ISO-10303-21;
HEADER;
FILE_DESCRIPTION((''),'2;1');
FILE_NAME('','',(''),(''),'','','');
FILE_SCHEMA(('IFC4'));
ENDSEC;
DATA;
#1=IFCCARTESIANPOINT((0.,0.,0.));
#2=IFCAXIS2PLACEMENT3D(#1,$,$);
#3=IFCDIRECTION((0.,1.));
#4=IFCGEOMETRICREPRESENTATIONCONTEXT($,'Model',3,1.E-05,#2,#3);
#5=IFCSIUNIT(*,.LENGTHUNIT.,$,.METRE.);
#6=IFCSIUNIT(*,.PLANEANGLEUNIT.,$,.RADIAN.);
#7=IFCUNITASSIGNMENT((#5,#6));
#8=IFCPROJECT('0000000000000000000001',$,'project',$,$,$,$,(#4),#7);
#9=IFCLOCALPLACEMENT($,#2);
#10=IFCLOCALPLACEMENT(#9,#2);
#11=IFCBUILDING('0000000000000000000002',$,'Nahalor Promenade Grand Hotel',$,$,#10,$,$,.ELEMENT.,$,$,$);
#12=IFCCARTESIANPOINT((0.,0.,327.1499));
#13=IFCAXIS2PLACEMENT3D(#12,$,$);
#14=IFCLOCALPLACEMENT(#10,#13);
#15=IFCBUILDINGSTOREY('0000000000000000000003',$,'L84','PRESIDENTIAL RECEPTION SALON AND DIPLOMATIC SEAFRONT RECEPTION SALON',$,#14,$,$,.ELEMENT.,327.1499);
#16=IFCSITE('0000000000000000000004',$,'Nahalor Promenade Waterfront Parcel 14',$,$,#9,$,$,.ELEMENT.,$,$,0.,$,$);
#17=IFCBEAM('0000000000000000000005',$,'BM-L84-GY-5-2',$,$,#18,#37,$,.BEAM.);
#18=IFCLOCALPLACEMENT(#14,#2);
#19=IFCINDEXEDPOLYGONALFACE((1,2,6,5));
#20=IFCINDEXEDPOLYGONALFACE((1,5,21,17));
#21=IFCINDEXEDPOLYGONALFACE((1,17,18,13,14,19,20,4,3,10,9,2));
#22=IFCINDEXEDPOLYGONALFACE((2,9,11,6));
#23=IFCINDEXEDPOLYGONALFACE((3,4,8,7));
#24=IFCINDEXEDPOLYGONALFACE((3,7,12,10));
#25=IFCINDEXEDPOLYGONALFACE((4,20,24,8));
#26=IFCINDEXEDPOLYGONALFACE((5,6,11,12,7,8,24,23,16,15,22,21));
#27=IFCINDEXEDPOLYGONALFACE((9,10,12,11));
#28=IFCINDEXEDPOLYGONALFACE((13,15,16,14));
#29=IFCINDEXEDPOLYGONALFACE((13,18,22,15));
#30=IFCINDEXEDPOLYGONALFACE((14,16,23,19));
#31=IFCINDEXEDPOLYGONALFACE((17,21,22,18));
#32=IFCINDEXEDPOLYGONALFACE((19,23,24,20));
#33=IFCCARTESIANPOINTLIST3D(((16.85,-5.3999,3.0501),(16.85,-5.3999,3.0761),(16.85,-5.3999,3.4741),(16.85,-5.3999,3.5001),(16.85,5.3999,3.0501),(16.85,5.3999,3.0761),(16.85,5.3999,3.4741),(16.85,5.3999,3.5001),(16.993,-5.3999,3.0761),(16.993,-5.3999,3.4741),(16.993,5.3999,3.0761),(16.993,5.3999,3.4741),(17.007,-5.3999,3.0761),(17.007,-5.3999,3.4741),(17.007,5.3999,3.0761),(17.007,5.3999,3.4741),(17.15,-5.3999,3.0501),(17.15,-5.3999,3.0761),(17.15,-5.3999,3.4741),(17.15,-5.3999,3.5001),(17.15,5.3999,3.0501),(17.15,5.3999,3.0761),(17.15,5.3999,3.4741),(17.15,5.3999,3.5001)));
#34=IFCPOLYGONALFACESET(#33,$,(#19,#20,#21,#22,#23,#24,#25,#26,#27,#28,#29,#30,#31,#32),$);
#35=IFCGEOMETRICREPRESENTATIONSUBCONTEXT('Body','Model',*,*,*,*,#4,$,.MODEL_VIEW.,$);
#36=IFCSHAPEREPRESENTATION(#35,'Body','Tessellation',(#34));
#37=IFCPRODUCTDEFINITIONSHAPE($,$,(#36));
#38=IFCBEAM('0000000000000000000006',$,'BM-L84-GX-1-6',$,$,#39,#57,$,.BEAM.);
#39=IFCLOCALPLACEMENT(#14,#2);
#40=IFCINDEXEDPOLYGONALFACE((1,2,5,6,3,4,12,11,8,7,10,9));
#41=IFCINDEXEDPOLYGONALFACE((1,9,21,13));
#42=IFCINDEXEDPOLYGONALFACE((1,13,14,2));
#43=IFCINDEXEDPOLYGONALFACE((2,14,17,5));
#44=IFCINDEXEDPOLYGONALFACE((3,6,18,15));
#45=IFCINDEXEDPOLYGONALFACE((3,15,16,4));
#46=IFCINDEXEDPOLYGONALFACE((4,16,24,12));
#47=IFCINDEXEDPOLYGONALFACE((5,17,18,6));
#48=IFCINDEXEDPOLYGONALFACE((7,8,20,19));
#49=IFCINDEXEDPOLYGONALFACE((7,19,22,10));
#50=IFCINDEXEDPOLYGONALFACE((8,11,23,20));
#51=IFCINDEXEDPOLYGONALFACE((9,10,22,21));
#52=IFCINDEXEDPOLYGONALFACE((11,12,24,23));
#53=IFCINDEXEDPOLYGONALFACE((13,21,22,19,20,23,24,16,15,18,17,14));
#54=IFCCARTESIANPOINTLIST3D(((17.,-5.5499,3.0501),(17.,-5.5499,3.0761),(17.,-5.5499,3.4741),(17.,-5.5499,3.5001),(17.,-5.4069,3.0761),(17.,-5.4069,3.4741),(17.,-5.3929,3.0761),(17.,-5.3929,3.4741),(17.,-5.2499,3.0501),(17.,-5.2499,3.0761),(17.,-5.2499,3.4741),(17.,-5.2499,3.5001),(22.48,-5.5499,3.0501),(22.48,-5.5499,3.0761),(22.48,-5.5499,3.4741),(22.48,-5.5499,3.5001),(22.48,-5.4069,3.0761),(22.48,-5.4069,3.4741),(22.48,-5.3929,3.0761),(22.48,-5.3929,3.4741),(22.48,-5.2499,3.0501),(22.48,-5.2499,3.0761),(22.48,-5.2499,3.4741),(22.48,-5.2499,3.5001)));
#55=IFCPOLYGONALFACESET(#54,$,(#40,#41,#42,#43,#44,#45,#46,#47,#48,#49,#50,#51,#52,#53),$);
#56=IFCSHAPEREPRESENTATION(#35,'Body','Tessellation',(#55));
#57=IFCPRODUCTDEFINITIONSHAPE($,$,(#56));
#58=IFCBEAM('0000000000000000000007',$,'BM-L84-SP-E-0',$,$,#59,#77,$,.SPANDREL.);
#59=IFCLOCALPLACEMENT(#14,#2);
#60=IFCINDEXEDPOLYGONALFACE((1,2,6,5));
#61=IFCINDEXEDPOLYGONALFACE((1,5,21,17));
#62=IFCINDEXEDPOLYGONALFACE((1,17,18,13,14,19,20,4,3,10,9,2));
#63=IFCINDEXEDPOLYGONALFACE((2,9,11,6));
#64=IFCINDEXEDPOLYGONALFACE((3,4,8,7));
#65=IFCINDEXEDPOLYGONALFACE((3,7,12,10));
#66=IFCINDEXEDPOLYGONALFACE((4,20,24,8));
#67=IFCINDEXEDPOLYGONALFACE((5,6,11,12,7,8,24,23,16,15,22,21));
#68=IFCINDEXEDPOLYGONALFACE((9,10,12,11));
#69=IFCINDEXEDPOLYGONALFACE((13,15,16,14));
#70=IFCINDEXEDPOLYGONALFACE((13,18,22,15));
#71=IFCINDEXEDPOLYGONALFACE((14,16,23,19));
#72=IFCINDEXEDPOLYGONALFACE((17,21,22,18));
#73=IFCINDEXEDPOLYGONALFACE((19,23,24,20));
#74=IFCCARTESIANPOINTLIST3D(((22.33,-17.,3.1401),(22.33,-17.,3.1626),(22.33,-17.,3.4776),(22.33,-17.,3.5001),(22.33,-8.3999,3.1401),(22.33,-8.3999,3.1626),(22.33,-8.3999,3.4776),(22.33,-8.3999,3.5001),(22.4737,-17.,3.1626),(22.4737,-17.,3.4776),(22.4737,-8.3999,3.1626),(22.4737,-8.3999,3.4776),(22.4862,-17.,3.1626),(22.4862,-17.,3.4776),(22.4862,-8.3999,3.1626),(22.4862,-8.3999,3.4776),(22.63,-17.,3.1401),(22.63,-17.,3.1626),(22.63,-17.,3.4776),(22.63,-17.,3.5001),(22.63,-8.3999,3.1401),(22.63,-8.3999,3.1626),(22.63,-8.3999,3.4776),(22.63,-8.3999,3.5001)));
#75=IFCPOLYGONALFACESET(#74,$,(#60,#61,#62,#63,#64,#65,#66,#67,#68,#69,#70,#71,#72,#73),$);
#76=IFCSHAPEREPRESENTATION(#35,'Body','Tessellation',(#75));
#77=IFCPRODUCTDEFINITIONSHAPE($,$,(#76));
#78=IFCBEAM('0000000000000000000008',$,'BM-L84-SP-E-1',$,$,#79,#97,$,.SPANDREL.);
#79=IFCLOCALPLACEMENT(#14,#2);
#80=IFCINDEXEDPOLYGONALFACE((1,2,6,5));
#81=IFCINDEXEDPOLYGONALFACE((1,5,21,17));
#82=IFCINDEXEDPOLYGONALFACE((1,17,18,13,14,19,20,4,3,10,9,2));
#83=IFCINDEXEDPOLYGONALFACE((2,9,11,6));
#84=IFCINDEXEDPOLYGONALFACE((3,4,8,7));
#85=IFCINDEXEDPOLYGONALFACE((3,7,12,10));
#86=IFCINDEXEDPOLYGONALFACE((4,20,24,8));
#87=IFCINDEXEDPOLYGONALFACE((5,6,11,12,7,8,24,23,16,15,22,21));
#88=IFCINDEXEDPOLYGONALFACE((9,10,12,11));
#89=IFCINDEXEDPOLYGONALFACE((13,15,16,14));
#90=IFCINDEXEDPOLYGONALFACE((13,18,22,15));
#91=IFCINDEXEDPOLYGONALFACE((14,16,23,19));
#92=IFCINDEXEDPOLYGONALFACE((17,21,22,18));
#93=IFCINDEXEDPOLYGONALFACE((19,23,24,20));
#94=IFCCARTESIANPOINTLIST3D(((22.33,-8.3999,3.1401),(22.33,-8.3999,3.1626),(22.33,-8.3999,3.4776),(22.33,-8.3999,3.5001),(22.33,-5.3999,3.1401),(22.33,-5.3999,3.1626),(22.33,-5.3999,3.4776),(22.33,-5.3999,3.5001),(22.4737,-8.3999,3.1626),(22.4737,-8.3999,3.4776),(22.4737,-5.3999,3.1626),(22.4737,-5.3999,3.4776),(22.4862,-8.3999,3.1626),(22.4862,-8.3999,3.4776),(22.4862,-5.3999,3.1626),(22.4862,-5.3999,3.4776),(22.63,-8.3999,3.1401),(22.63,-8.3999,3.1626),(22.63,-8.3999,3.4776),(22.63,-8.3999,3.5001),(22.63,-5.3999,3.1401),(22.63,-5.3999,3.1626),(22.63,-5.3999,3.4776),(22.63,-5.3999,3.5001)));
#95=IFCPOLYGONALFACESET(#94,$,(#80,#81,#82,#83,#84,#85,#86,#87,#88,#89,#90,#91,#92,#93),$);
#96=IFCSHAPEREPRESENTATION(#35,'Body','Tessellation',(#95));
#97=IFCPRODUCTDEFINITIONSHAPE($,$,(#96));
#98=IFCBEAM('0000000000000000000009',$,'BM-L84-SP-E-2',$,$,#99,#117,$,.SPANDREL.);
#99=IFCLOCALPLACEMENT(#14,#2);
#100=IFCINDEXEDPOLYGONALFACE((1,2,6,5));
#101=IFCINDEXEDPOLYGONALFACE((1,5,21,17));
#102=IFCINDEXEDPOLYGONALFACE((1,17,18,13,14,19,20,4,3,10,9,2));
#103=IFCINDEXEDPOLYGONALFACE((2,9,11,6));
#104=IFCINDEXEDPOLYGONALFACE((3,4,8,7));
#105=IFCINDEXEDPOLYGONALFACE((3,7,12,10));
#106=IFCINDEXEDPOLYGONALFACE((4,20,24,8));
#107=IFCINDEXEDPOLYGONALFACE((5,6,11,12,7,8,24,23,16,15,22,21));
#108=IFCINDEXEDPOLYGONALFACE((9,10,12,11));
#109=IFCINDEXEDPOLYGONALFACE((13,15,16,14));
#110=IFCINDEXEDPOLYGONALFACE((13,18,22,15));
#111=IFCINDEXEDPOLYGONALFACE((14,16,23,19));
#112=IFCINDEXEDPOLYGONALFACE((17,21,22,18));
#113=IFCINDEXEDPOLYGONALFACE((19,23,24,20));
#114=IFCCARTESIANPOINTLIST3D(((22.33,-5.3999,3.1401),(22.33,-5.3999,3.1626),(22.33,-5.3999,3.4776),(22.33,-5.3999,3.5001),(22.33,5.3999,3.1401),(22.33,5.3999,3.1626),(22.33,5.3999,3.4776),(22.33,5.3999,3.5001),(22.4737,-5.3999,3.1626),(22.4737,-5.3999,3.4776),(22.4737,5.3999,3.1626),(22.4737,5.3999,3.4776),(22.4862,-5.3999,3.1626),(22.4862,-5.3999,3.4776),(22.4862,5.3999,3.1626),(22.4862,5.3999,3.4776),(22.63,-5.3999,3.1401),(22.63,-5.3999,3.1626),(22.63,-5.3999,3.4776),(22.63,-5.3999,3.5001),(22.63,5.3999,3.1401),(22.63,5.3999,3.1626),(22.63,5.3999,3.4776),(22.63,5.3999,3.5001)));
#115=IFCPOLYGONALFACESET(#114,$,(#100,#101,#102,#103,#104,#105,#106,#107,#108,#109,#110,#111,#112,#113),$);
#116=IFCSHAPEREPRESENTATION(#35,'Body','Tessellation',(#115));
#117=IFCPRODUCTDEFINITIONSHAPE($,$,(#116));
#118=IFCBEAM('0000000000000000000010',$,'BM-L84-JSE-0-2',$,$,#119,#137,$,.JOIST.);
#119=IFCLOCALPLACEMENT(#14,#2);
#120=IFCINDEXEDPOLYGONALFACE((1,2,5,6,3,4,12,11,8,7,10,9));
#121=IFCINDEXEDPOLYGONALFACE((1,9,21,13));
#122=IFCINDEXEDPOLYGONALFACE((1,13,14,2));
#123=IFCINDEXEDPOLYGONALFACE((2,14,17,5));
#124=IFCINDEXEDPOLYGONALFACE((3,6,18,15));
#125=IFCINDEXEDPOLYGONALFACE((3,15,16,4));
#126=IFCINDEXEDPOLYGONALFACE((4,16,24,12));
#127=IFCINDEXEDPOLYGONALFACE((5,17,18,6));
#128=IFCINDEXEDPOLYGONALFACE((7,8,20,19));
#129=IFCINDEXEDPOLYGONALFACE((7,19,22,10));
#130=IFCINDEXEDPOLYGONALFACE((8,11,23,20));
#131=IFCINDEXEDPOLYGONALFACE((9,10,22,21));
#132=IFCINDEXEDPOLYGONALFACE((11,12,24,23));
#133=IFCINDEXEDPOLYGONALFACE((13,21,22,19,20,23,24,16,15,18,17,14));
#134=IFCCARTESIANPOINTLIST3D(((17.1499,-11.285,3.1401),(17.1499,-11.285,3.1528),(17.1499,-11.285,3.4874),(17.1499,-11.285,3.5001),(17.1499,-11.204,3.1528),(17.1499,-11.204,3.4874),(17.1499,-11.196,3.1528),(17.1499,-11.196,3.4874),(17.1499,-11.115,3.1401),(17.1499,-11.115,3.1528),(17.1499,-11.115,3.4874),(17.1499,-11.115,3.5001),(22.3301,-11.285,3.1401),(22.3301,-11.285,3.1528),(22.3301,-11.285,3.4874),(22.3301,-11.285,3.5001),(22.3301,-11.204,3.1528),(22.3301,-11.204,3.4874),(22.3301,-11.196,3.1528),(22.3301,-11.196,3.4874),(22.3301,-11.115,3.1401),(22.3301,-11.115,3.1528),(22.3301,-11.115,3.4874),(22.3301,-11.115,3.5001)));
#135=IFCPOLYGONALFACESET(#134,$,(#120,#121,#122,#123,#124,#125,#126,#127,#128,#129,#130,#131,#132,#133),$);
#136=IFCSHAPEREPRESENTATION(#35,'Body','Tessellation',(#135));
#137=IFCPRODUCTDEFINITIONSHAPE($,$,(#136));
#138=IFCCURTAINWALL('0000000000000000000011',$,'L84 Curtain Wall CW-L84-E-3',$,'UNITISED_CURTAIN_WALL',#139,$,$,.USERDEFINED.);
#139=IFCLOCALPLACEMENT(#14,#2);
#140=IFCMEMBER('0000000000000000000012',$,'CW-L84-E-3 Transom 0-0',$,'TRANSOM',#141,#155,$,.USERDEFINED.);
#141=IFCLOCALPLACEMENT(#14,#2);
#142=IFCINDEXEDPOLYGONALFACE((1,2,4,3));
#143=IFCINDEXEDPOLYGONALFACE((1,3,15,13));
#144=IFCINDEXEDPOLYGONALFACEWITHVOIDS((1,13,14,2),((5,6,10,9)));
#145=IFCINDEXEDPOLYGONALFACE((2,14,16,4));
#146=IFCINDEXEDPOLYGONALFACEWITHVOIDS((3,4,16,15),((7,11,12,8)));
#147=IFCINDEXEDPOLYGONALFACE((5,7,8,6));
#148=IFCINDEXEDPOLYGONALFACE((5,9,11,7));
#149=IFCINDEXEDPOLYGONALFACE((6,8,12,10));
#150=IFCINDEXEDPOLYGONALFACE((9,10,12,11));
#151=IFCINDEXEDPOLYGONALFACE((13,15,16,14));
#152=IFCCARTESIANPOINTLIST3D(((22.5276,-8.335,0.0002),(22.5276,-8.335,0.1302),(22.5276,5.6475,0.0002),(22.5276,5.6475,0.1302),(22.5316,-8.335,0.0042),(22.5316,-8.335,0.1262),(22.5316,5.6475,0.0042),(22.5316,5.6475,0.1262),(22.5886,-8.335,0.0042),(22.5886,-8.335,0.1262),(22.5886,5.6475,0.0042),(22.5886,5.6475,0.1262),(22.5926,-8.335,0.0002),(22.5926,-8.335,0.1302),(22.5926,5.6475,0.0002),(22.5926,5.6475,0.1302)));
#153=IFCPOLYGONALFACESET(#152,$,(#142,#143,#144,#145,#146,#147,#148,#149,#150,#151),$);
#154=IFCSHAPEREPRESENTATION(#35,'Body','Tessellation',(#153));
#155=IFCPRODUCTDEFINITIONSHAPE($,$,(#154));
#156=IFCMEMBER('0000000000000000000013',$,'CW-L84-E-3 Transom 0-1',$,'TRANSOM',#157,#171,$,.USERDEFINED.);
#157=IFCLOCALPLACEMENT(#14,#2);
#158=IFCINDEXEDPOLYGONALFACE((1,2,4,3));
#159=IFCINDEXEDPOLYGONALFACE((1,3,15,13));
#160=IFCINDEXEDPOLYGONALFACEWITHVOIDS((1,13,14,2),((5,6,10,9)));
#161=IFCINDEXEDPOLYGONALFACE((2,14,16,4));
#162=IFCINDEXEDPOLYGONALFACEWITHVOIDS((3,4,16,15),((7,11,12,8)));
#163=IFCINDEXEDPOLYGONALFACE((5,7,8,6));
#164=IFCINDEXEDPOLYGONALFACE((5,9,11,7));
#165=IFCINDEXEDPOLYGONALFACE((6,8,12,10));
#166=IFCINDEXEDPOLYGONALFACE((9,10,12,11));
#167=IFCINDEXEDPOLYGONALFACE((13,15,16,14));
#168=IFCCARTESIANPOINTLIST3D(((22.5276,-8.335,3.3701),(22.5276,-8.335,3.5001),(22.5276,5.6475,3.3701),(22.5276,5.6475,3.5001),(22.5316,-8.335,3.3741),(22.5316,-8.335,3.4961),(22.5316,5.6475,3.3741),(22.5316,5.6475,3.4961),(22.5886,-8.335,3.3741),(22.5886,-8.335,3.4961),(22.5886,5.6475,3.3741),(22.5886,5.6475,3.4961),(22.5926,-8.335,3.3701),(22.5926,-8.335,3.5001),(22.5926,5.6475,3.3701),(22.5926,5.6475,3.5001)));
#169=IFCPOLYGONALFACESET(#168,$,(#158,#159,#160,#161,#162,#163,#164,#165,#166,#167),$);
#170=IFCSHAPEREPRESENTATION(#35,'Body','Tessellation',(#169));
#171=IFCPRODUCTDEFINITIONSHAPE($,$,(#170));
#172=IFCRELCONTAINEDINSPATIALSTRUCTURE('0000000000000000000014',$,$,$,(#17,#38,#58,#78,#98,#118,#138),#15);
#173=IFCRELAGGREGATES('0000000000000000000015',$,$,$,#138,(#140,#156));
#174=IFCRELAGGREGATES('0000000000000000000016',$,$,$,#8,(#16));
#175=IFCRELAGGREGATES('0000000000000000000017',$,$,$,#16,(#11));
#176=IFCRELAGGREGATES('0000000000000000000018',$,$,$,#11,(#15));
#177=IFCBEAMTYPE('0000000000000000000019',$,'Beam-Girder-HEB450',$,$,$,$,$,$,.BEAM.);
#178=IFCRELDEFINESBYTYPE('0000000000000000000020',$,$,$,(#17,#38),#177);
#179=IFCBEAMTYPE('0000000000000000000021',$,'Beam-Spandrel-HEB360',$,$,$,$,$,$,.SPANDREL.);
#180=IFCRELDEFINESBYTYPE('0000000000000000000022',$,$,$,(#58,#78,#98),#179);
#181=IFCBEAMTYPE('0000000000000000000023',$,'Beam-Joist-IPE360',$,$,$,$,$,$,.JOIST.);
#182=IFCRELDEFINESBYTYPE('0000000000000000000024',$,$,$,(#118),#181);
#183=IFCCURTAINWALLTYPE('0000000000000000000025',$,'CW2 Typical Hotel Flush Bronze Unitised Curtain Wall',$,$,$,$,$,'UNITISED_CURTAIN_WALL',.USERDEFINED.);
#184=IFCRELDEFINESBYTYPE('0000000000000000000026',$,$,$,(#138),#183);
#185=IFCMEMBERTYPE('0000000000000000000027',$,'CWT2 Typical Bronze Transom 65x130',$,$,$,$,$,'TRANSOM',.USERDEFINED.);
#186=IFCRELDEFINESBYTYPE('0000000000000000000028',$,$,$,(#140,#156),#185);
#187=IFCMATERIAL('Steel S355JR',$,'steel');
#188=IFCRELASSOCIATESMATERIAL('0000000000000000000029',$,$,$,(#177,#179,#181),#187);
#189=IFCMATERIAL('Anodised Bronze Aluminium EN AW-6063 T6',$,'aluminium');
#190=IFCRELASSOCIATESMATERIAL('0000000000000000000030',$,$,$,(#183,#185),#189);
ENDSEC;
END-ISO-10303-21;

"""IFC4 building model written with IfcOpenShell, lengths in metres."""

from ifc_helpers import new_model, si_unit, direction, frame, origin, origin_2d, place, context, subcontext, project, spatial, hollow_rectangle, i_section, extrude, source, transform, mapped, material, material_profile, profile_set, type_object, element, aggregate, save


model = new_model("IFC4")

# Units and contexts
model_context = context("Model", 3, precision=1e-05, world=origin(), true_north=direction((0.0, 1.0)))
body_context = subcontext(model_context, "Body", "Model", "MODEL_VIEW")
ifc_project = project(units=[si_unit("LENGTHUNIT", "METRE"), si_unit("PLANEANGLEUNIT", "RADIAN")], contexts=[model_context])

# Site, building, storey
site_placement = place(None, origin())
site = spatial("IfcSite", under=ifc_project, at=site_placement, Name="Nahalor Promenade Waterfront Parcel 14", CompositionType="ELEMENT", RefElevation=0.0)
building_placement = place(site_placement, origin())
building = spatial("IfcBuilding", under=site, at=building_placement, Name="Nahalor Promenade Grand Hotel", CompositionType="ELEMENT")
storey_placement = place(building_placement, frame((0.0, 0.0, 327.1499)))
storey = spatial("IfcBuildingStorey", under=building, at=storey_placement, Name="L84", Description="PRESIDENTIAL RECEPTION SALON AND DIPLOMATIC SEAFRONT RECEPTION SALON", CompositionType="ELEMENT", Elevation=327.1499)

# Shared definitions
ifc_material_1 = material(Name="Steel S355JR", Category="steel")

# Beams
ifc_material_profile_1 = material_profile(ifc_material_1, i_section(OverallWidth=0.3, OverallDepth=0.45, WebThickness=0.014, FlangeThickness=0.026, at=origin_2d()), Name="HEB 450")
ifc_profile_set_1 = profile_set([ifc_material_profile_1], Name="Steel S355JR")
beam_type_1 = type_object("IfcBeamType", Name="Beam-Girder-HEB450", PredefinedType="BEAM", material=ifc_profile_set_1)
shared_shape_1 = source(origin(), body_context, "Body", "SweptSolid", [
    extrude(i_section(OverallWidth=0.3, OverallDepth=0.45, WebThickness=0.014, FlangeThickness=0.026, at=origin_2d()), origin(), (0.0, 0.0, 1.0), 10.7998),
])
beam_1_placement = place(storey_placement, frame((17.0, -5.3999, 3.2751), z_axis=(0.0, 1.0, 0.0), x_axis=(-1.0, 0.0, 0.0)))
element("IfcBeam", 1, at=beam_1_placement, inside=storey, type_object=beam_type_1, Name="BM-L84-GY-5-2", PredefinedType="BEAM", context=body_context, shape_type="MappedRepresentation", body=[
    mapped(shared_shape_1, transform((0.0, 0.0, 0.0), scale=1.0)),
])
shared_shape_2 = source(origin(), body_context, "Body", "SweptSolid", [
    extrude(i_section(OverallWidth=0.3, OverallDepth=0.45, WebThickness=0.014, FlangeThickness=0.026, at=origin_2d()), origin(), (0.0, 0.0, 1.0), 5.48),
])
beam_2_placement = place(storey_placement, frame((17.0, -5.3999, 3.2751), z_axis=(1.0, 0.0, 0.0), x_axis=(0.0, 1.0, 0.0)))
element("IfcBeam", 2, at=beam_2_placement, inside=storey, type_object=beam_type_1, Name="BM-L84-GX-1-6", PredefinedType="BEAM", context=body_context, shape_type="MappedRepresentation", body=[
    mapped(shared_shape_2, transform((0.0, 0.0, 0.0), scale=1.0)),
])
ifc_material_profile_2 = material_profile(ifc_material_1, i_section(OverallWidth=0.3, OverallDepth=0.36, WebThickness=0.0125, FlangeThickness=0.0225, at=origin_2d()), Name="HEB 360")
ifc_profile_set_2 = profile_set([ifc_material_profile_2], Name="Steel S355JR")
beam_type_2 = type_object("IfcBeamType", Name="Beam-Spandrel-HEB360", PredefinedType="SPANDREL", material=ifc_profile_set_2)
shared_shape_3 = source(origin(), body_context, "Body", "SweptSolid", [
    extrude(i_section(OverallWidth=0.3, OverallDepth=0.36, WebThickness=0.0125, FlangeThickness=0.0225, at=origin_2d()), origin(), (0.0, 0.0, 1.0), 8.6001),
])
beam_3_placement = place(storey_placement, frame((22.48, -17.0, 3.3201), z_axis=(0.0, 1.0, 0.0), x_axis=(-1.0, 0.0, 0.0)))
element("IfcBeam", 3, at=beam_3_placement, inside=storey, type_object=beam_type_2, Name="BM-L84-SP-E-0", PredefinedType="SPANDREL", context=body_context, shape_type="MappedRepresentation", body=[
    mapped(shared_shape_3, transform((0.0, 0.0, 0.0), scale=1.0)),
])
shared_shape_4 = source(origin(), body_context, "Body", "SweptSolid", [
    extrude(i_section(OverallWidth=0.3, OverallDepth=0.36, WebThickness=0.0125, FlangeThickness=0.0225, at=origin_2d()), origin(), (0.0, 0.0, 1.0), 3.0),
])
beam_4_placement = place(storey_placement, frame((22.48, -8.3999, 3.3201), z_axis=(0.0, 1.0, 0.0), x_axis=(-1.0, 0.0, 0.0)))
element("IfcBeam", 4, at=beam_4_placement, inside=storey, type_object=beam_type_2, Name="BM-L84-SP-E-1", PredefinedType="SPANDREL", context=body_context, shape_type="MappedRepresentation", body=[
    mapped(shared_shape_4, transform((0.0, 0.0, 0.0), scale=1.0)),
])
shared_shape_5 = source(origin(), body_context, "Body", "SweptSolid", [
    extrude(i_section(OverallWidth=0.3, OverallDepth=0.36, WebThickness=0.0125, FlangeThickness=0.0225, at=origin_2d()), origin(), (0.0, 0.0, 1.0), 10.7998),
])
beam_5_placement = place(storey_placement, frame((22.48, -5.3999, 3.3201), z_axis=(0.0, 1.0, 0.0), x_axis=(-1.0, 0.0, 0.0)))
element("IfcBeam", 5, at=beam_5_placement, inside=storey, type_object=beam_type_2, Name="BM-L84-SP-E-2", PredefinedType="SPANDREL", context=body_context, shape_type="MappedRepresentation", body=[
    mapped(shared_shape_5, transform((0.0, 0.0, 0.0), scale=1.0)),
])
ifc_material_profile_3 = material_profile(ifc_material_1, i_section(OverallWidth=0.17, OverallDepth=0.36, WebThickness=0.008, FlangeThickness=0.0127, at=origin_2d()), Name="IPE 360")
ifc_profile_set_3 = profile_set([ifc_material_profile_3], Name="Steel S355JR")
beam_type_3 = type_object("IfcBeamType", Name="Beam-Joist-IPE360", PredefinedType="JOIST", material=ifc_profile_set_3)
shared_shape_6 = source(origin(), body_context, "Body", "SweptSolid", [
    extrude(i_section(OverallWidth=0.17, OverallDepth=0.36, WebThickness=0.008, FlangeThickness=0.0127, at=origin_2d()), origin(), (0.0, 0.0, 1.0), 5.1802),
])
beam_6_placement = place(storey_placement, frame((17.1499, -11.2, 3.3201), z_axis=(1.0, 0.0, 0.0), x_axis=(0.0, 1.0, 0.0)))
element("IfcBeam", 6, at=beam_6_placement, inside=storey, type_object=beam_type_3, Name="BM-L84-JSE-0-2", PredefinedType="JOIST", context=body_context, shape_type="MappedRepresentation", body=[
    mapped(shared_shape_6, transform((0.0, 0.0, 0.0), scale=1.0)),
])

# Curtain wall, members
ifc_material_2 = material(Name="Anodised Bronze Aluminium EN AW-6063 T6", Category="aluminium")
curtain_wall_type = type_object("IfcCurtainWallType", Name="CW2 Typical Hotel Flush Bronze Unitised Curtain Wall", ElementType="UNITISED_CURTAIN_WALL", PredefinedType="USERDEFINED", material=ifc_material_2)
curtain_wall_placement = place(storey_placement, origin())
curtain_wall = element("IfcCurtainWall", 7, at=curtain_wall_placement, inside=storey, type_object=curtain_wall_type, Name="L84 Curtain Wall CW-L84-E-3", ObjectType="UNITISED_CURTAIN_WALL", PredefinedType="USERDEFINED")
ifc_material_profile_4 = material_profile(ifc_material_2, hollow_rectangle(XDim=0.065, YDim=0.13, WallThickness=0.004, at=origin_2d()), Name="CWT 65x130x4")
ifc_profile_set_4 = profile_set([ifc_material_profile_4], Name="Anodised Bronze Aluminium EN AW-6063 T6")
member_type_1 = type_object("IfcMemberType", Name="CWT2 Typical Bronze Transom 65x130", ElementType="TRANSOM", PredefinedType="USERDEFINED", material=ifc_profile_set_4)
shared_shape_7 = source(origin(), body_context, "Body", "SweptSolid", [
    extrude(hollow_rectangle(XDim=0.065, YDim=0.13, WallThickness=0.004, at=origin_2d()), origin(), (0.0, 0.0, 1.0), 13.9824),
])
member_1_placement = place(storey_placement, frame((22.5601, -8.335, 0.0652), z_axis=(0.0, 1.0, 0.0), x_axis=(-1.0, 0.0, 0.0)))
member_1 = element("IfcMember", 8, at=member_1_placement, type_object=member_type_1, Name="CW-L84-E-3 Transom 0-0", ObjectType="TRANSOM", PredefinedType="USERDEFINED", context=body_context, shape_type="MappedRepresentation", body=[
    mapped(shared_shape_7, transform((0.0, 0.0, 0.0), scale=1.0)),
])
member_2_placement = place(storey_placement, frame((22.5601, -8.335, 3.4351), z_axis=(0.0, 1.0, 0.0), x_axis=(-1.0, 0.0, 0.0)))
member_2 = element("IfcMember", 9, at=member_2_placement, type_object=member_type_1, Name="CW-L84-E-3 Transom 0-1", ObjectType="TRANSOM", PredefinedType="USERDEFINED", context=body_context, shape_type="MappedRepresentation", body=[
    mapped(shared_shape_7, transform((0.0, 0.0, 0.0), scale=1.0)),
])
aggregate(curtain_wall, [member_1, member_2])

save(model, "model.ifc")
